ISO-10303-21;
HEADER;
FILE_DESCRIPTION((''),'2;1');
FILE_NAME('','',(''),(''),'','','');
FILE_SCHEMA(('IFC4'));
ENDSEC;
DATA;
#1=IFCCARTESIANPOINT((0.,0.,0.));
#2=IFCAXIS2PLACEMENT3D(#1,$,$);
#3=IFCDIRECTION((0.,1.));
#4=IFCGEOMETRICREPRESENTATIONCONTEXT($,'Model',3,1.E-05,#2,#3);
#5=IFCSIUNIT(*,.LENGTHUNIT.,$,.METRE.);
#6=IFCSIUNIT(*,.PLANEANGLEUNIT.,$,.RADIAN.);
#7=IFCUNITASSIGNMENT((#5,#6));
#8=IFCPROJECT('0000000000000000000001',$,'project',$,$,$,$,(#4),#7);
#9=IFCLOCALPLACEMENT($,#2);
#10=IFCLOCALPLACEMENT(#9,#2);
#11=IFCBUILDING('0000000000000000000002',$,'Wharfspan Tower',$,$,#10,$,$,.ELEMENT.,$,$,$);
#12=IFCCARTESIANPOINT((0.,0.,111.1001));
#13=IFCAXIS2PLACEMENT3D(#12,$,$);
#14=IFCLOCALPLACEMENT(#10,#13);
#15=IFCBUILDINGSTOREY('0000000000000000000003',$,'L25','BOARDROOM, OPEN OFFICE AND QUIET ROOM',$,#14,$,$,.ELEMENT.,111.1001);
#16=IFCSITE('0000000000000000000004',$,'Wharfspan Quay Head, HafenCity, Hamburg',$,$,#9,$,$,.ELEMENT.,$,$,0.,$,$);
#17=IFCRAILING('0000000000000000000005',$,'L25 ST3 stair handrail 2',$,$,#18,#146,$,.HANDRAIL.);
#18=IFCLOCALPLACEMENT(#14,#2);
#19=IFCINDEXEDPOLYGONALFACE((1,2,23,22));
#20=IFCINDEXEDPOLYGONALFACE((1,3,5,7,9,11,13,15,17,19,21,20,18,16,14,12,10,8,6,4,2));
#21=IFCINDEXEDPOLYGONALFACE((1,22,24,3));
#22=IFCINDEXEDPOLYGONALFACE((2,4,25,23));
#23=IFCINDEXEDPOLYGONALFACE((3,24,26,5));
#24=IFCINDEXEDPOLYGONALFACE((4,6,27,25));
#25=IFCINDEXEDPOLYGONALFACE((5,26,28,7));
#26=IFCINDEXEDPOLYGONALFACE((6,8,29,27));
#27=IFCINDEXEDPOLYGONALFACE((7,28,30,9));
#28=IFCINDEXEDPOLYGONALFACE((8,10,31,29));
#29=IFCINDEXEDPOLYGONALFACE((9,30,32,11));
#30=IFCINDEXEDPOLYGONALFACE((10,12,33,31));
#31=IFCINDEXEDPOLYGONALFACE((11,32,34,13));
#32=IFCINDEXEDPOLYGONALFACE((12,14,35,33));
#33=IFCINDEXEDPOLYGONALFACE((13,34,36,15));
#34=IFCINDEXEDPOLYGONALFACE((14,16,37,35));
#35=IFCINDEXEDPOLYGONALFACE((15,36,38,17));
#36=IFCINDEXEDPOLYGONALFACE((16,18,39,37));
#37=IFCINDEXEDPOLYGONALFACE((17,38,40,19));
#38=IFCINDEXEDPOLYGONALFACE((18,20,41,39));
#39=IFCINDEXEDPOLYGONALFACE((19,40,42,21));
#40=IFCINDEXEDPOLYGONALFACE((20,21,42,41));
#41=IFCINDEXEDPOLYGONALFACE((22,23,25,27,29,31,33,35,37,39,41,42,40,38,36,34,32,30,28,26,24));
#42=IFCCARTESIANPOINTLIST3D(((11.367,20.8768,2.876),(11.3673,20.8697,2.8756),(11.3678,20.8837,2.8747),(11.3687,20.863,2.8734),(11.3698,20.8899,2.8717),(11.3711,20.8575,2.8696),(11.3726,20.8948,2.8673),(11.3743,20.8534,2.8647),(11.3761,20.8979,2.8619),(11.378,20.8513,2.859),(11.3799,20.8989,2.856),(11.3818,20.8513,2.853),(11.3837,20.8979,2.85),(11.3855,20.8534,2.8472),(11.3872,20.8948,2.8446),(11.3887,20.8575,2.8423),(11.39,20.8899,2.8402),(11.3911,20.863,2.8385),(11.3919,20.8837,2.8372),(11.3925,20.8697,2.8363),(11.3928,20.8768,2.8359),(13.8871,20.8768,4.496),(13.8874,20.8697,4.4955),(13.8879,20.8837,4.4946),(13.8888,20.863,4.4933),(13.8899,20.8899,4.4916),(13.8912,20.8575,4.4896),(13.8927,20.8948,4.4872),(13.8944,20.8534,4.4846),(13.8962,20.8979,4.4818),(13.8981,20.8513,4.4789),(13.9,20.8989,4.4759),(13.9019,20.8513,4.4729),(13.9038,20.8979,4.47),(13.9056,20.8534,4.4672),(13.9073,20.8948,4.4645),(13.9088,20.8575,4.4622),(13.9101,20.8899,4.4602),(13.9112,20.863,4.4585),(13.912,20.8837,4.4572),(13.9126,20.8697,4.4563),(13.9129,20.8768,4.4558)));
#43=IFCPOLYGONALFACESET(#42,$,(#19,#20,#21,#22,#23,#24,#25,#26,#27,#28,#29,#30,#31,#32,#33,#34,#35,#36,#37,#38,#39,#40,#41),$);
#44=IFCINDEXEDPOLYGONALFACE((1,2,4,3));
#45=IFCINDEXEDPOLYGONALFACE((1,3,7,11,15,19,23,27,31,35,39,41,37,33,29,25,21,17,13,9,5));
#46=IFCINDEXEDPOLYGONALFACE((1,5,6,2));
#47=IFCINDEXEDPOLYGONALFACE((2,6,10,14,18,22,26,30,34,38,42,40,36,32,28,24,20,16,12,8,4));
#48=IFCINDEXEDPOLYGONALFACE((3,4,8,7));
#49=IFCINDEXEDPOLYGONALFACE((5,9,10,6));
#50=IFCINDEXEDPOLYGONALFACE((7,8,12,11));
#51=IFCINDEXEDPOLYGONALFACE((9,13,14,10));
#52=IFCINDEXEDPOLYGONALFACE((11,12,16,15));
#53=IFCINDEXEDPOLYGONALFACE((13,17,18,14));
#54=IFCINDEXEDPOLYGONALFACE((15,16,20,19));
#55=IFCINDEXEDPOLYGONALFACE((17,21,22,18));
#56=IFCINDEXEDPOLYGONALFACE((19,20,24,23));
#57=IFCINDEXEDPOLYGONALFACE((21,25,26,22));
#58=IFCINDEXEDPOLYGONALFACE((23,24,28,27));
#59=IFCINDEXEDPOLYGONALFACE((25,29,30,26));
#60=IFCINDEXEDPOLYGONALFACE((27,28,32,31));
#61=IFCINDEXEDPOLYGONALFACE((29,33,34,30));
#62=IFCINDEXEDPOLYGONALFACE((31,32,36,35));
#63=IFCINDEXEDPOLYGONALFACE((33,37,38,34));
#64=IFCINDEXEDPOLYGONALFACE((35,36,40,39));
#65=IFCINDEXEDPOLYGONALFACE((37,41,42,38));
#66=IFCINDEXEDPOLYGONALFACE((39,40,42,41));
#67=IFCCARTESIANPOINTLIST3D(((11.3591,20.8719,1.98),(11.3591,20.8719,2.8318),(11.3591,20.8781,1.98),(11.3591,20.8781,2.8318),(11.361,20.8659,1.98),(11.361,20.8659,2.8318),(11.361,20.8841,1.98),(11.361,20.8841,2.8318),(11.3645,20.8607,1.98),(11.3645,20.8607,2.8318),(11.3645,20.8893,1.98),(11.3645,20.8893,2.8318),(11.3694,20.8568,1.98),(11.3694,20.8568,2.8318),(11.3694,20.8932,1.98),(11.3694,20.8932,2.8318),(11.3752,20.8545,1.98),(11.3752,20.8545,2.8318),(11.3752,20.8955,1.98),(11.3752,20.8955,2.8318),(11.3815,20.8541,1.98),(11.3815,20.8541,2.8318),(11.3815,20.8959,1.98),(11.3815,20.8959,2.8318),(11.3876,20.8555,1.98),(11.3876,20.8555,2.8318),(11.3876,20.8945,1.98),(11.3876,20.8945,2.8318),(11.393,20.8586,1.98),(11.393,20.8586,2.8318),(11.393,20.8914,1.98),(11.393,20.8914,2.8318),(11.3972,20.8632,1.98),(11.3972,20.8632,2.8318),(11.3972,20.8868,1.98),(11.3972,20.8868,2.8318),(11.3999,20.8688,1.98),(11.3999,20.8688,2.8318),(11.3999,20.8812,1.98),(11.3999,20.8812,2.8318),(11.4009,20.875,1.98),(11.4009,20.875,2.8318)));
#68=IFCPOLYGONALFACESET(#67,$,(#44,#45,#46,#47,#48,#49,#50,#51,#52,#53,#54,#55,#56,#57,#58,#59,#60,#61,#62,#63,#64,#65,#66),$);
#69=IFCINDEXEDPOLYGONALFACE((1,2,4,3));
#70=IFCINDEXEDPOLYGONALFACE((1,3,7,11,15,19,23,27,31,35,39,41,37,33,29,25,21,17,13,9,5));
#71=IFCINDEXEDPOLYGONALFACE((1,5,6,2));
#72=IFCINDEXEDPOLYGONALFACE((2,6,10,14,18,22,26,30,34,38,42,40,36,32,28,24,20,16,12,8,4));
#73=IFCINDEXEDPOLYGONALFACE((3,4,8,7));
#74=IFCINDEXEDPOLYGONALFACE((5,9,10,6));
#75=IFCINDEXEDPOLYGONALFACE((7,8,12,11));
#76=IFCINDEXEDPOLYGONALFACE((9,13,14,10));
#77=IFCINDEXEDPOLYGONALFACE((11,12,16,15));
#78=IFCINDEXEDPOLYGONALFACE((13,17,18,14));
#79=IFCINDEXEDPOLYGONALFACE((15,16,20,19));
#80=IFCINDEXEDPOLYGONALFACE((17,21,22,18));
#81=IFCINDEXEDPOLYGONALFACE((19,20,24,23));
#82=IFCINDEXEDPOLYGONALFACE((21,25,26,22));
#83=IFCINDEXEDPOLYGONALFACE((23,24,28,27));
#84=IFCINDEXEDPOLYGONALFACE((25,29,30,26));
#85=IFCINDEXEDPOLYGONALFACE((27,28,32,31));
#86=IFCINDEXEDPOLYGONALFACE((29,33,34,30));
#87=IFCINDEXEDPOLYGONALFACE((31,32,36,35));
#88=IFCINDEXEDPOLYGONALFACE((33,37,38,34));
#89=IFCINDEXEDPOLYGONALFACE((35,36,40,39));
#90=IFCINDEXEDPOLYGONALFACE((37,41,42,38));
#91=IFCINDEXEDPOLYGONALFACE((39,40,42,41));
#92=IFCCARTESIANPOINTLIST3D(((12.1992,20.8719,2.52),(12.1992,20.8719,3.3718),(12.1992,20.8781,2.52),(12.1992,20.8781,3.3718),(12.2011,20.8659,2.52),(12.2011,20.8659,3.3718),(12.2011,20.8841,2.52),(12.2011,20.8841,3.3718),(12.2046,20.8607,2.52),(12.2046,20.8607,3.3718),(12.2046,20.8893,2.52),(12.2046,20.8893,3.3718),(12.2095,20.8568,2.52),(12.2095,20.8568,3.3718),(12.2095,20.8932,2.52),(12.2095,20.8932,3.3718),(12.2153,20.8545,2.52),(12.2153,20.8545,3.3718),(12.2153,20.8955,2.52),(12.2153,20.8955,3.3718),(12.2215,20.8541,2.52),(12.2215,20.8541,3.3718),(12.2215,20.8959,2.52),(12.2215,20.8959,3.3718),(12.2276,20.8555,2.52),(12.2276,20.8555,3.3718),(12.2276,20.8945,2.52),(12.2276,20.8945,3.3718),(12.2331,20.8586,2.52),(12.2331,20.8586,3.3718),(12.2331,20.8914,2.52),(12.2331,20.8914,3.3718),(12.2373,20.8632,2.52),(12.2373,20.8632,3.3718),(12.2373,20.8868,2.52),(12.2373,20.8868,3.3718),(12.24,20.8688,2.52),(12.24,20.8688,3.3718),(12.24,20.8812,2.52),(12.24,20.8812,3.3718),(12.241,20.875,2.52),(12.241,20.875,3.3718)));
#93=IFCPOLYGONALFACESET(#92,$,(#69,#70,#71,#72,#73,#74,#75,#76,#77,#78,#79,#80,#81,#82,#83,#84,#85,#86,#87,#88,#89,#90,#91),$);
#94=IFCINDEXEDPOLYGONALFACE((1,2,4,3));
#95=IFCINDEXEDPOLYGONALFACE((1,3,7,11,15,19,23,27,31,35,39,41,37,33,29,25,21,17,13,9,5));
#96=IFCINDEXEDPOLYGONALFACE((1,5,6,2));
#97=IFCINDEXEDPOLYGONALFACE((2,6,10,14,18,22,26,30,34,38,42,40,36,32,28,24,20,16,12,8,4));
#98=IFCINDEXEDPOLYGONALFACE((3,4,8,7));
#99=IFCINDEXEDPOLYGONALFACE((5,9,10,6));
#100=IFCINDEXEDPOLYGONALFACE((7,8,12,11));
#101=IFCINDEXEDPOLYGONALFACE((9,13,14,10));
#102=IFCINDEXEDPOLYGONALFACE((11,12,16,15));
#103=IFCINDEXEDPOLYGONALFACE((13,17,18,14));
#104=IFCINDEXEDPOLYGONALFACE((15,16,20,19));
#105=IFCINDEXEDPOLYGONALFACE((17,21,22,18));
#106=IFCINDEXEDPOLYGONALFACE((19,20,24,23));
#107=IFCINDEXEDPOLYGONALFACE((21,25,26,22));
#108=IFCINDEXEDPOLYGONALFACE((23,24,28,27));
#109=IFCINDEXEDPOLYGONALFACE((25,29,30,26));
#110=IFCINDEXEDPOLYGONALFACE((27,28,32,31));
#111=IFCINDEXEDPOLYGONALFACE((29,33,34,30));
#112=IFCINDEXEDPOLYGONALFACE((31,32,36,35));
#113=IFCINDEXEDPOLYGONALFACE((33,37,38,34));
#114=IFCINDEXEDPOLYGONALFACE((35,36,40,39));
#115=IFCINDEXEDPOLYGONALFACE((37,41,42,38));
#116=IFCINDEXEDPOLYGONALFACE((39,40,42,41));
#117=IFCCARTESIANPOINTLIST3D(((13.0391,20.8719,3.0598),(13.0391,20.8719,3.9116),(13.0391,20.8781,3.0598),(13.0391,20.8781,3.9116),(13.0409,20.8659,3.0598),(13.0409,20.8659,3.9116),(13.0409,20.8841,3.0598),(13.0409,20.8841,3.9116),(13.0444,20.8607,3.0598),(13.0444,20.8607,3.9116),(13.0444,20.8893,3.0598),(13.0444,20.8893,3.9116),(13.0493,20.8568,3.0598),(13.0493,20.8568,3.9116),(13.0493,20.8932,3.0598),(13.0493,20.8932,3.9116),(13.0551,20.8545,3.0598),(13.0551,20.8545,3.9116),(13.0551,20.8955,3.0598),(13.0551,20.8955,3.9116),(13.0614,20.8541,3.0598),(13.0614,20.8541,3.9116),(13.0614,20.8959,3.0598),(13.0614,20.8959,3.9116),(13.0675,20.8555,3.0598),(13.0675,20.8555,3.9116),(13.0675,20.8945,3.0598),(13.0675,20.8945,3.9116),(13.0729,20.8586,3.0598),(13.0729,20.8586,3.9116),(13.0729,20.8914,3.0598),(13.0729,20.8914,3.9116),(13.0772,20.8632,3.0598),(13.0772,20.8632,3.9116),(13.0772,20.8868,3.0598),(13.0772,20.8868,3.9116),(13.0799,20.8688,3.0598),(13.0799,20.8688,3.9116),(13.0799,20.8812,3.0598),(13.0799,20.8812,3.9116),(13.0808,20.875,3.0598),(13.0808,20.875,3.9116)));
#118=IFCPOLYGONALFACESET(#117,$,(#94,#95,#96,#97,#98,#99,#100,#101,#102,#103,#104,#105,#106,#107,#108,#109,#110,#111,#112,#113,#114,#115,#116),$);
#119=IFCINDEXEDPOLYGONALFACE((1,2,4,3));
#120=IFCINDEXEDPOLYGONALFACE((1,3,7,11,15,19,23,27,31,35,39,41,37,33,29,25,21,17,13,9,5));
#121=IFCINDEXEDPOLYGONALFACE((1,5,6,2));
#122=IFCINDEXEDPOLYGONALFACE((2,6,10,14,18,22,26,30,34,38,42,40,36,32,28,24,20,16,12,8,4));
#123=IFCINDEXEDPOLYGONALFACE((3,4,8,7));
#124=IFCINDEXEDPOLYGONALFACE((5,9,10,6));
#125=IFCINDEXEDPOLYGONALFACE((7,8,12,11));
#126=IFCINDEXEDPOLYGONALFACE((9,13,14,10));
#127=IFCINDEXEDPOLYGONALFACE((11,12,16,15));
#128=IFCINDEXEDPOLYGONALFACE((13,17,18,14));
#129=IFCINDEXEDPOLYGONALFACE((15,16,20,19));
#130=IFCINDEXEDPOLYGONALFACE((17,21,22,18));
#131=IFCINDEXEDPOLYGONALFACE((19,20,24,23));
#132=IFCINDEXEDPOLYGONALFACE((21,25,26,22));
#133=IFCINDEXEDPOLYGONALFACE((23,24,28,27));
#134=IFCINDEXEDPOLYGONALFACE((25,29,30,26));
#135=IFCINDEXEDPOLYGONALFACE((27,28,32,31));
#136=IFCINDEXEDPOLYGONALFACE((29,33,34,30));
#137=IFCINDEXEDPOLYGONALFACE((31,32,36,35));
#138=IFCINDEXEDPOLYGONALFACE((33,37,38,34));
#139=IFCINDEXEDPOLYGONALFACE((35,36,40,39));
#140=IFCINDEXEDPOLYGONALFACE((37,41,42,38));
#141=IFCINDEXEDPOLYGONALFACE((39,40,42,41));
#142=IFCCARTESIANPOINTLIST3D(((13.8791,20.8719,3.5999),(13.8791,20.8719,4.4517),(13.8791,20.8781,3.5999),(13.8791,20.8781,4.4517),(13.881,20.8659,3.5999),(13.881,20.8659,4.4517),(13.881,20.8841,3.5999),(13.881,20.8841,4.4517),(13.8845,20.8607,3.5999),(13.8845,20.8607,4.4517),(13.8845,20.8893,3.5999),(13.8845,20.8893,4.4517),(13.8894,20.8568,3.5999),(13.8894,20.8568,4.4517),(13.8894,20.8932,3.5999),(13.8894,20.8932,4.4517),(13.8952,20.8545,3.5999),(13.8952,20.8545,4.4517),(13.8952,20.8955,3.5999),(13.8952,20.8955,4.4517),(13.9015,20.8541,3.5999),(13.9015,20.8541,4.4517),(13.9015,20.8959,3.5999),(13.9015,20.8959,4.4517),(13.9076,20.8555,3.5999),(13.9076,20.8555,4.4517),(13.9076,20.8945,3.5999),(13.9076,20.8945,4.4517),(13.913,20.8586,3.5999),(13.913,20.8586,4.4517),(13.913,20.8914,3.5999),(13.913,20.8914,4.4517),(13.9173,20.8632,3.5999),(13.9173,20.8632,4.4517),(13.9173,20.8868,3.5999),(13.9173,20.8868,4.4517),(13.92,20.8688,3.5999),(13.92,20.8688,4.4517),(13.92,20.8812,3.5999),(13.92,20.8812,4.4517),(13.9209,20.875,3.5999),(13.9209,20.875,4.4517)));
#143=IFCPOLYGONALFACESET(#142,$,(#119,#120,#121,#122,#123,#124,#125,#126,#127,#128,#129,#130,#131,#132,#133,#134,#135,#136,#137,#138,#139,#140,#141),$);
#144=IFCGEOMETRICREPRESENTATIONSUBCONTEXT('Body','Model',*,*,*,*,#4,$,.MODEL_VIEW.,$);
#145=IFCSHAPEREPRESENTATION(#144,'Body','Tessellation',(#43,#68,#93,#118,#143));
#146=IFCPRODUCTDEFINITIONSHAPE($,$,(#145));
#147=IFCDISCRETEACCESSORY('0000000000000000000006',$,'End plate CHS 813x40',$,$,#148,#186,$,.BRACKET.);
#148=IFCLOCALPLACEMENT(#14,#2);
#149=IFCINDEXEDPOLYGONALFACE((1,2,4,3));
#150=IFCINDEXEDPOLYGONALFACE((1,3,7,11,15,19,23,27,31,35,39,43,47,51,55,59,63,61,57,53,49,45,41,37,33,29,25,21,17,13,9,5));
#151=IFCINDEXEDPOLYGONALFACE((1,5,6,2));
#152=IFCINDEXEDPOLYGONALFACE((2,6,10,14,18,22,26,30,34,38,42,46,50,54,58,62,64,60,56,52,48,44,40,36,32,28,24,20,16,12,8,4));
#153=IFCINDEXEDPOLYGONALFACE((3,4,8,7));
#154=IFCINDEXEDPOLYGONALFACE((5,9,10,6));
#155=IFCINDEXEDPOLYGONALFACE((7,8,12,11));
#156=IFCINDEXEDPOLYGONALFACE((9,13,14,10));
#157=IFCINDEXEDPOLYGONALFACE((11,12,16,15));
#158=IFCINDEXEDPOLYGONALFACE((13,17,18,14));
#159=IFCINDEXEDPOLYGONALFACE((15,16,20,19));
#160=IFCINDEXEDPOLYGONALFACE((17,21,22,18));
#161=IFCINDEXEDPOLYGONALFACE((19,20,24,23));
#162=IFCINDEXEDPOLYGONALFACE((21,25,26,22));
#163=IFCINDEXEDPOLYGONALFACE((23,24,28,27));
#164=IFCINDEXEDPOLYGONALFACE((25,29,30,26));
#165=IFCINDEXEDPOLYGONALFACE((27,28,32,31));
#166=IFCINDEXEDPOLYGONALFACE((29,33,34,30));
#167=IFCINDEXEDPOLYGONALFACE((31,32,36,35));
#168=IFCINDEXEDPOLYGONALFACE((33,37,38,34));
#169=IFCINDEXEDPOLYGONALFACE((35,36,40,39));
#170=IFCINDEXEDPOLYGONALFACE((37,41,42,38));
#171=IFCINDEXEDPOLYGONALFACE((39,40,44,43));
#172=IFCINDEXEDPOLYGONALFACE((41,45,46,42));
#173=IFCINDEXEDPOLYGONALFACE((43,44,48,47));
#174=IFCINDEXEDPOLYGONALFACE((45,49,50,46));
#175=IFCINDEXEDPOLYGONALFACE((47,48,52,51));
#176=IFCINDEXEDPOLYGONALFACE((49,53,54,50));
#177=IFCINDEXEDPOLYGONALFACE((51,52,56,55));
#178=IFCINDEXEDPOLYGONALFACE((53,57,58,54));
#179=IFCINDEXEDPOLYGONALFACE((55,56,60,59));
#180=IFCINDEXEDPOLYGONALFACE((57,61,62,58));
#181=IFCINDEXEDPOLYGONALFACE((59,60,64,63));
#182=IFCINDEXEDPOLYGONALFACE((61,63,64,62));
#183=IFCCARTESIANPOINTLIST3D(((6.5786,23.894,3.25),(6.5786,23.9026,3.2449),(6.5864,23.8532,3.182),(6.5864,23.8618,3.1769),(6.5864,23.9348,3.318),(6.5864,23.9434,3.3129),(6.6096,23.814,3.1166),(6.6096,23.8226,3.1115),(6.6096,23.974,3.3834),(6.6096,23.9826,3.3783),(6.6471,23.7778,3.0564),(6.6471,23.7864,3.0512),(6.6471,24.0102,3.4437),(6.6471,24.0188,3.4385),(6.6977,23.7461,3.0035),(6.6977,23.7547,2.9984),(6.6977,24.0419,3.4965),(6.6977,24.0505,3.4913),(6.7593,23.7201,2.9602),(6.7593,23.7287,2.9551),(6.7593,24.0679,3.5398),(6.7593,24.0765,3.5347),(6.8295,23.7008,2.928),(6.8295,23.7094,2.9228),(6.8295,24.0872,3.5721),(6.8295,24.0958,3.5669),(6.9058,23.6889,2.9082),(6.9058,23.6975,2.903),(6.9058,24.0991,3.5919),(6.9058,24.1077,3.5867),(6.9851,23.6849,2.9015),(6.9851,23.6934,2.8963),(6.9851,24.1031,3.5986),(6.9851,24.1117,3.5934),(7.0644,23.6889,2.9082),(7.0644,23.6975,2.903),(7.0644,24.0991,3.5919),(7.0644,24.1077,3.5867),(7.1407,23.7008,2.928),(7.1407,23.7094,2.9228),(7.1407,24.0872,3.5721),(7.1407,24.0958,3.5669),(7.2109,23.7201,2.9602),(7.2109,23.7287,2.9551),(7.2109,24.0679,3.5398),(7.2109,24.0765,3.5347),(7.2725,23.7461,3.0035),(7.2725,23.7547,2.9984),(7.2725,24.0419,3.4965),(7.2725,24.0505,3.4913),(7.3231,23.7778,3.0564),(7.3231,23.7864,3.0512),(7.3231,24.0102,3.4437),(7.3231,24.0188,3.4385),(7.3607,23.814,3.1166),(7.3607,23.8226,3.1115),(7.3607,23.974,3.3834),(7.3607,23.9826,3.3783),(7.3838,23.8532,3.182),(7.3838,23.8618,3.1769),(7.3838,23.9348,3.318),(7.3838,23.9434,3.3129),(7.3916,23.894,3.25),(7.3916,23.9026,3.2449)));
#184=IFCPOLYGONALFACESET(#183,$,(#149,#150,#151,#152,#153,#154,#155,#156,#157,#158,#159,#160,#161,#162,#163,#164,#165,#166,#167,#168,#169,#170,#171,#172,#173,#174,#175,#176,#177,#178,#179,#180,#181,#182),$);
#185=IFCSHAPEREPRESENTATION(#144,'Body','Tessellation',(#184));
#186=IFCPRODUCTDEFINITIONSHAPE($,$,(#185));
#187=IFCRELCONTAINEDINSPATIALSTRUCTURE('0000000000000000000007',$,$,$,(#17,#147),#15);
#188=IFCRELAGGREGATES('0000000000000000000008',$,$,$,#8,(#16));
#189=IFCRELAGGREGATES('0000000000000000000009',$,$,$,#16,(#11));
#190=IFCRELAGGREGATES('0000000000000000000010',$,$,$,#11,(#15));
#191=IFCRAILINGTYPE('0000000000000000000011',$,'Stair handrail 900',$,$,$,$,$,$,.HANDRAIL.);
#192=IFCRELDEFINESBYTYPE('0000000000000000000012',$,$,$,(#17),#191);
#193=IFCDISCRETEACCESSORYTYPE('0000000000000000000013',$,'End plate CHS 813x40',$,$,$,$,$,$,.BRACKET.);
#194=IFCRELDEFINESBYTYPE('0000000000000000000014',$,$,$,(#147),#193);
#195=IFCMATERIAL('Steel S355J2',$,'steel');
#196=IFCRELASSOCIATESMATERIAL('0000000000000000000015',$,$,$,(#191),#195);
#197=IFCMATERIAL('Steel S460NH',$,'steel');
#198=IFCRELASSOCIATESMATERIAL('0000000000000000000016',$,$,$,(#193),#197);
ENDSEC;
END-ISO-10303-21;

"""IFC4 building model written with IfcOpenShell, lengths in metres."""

from ifc_helpers import new_model, si_unit, direction, frame, origin, origin_2d, place, context, subcontext, project, spatial, circle, extrude, material, material_profile, profile_set, type_object, element, save


model = new_model("IFC4")

# Units and contexts
model_context = context("Model", 3, precision=1e-05, world=origin(), true_north=direction((0.0, 1.0)))
body_context = subcontext(model_context, "Body", "Model", "MODEL_VIEW")
ifc_project = project(units=[si_unit("LENGTHUNIT", "METRE"), si_unit("PLANEANGLEUNIT", "RADIAN")], contexts=[model_context])

# Site, building, storey
site_placement = place(None, origin())
site = spatial("IfcSite", under=ifc_project, at=site_placement, Name="Wharfspan Quay Head, HafenCity, Hamburg", CompositionType="ELEMENT", RefElevation=0.0)
building_placement = place(site_placement, origin())
building = spatial("IfcBuilding", under=site, at=building_placement, Name="Wharfspan Tower", CompositionType="ELEMENT")
storey_placement = place(building_placement, frame((0.0, 0.0, 111.1001)))
storey = spatial("IfcBuildingStorey", under=building, at=storey_placement, Name="L25", Description="BOARDROOM, OPEN OFFICE AND QUIET ROOM", CompositionType="ELEMENT", Elevation=111.1001)

# Shared definitions
ifc_material_1 = material(Name="Steel S355J2", Category="steel")

# Shared definitions
ifc_material_2 = material(Name="Steel S460NH", Category="steel")

# Railing
railing_type_1 = type_object("IfcRailingType", Name="Stair handrail 900", PredefinedType="HANDRAIL", material=ifc_material_1)
railing_1_placement = place(storey_placement, frame((11.3799, 20.875, 1.98)))
element("IfcRailing", 1, at=railing_1_placement, inside=storey, type_object=railing_type_1, Name="L25 ST3 stair handrail 2", PredefinedType="HANDRAIL", context=body_context, shape_type="SweptSolid", body=[
    extrude(circle(Radius=0.0239, at=origin_2d()), frame((0.0, 0.0, 0.876), z_axis=(0.8412, 0.0, 0.540725), x_axis=(0.0, 1.0, 0.0)), (0.0, 0.0, 1.0), 2.9958),
    extrude(circle(Radius=0.021, at=origin_2d()), origin(), (0.0, 0.0, 1.0), 0.8518),
    extrude(circle(Radius=0.021, at=origin_2d()), frame((0.8401, 0.0, 0.54)), (0.0, 0.0, 1.0), 0.8518),
    extrude(circle(Radius=0.021, at=origin_2d()), frame((1.6799, 0.0, 1.0798)), (0.0, 0.0, 1.0), 0.8518),
    extrude(circle(Radius=0.021, at=origin_2d()), frame((2.52, 0.0, 1.6199)), (0.0, 0.0, 1.0), 0.8518),
])

# Discrete accessory
ifc_material_profile_1 = material_profile(ifc_material_2, circle(Radius=0.4065, at=origin_2d()))
ifc_profile_set_1 = profile_set([ifc_material_profile_1], Name="Steel S460NH")
discrete_accessory_type = type_object("IfcDiscreteAccessoryType", Name="End plate CHS 813x40", PredefinedType="BRACKET", material=ifc_profile_set_1)
for number, where, z_axis, x_axis, name in (
    (2, (6.9851, 23.9026, 3.2449), (0.0, -0.857493, 0.514496), (1.0, 0.0, 0.0), "End plate CHS 813x40"),
):
    element("IfcDiscreteAccessory", number, at=place(storey_placement, frame(where, z_axis=z_axis, x_axis=x_axis)), inside=storey, type_object=discrete_accessory_type, Name=name, PredefinedType="BRACKET", context=body_context, shape_type="SweptSolid", body=[
        extrude(circle(Radius=0.4065, at=origin_2d()), origin(), (0.0, 0.0, 1.0), 0.01),
    ])

save(model, "model.ifc")
